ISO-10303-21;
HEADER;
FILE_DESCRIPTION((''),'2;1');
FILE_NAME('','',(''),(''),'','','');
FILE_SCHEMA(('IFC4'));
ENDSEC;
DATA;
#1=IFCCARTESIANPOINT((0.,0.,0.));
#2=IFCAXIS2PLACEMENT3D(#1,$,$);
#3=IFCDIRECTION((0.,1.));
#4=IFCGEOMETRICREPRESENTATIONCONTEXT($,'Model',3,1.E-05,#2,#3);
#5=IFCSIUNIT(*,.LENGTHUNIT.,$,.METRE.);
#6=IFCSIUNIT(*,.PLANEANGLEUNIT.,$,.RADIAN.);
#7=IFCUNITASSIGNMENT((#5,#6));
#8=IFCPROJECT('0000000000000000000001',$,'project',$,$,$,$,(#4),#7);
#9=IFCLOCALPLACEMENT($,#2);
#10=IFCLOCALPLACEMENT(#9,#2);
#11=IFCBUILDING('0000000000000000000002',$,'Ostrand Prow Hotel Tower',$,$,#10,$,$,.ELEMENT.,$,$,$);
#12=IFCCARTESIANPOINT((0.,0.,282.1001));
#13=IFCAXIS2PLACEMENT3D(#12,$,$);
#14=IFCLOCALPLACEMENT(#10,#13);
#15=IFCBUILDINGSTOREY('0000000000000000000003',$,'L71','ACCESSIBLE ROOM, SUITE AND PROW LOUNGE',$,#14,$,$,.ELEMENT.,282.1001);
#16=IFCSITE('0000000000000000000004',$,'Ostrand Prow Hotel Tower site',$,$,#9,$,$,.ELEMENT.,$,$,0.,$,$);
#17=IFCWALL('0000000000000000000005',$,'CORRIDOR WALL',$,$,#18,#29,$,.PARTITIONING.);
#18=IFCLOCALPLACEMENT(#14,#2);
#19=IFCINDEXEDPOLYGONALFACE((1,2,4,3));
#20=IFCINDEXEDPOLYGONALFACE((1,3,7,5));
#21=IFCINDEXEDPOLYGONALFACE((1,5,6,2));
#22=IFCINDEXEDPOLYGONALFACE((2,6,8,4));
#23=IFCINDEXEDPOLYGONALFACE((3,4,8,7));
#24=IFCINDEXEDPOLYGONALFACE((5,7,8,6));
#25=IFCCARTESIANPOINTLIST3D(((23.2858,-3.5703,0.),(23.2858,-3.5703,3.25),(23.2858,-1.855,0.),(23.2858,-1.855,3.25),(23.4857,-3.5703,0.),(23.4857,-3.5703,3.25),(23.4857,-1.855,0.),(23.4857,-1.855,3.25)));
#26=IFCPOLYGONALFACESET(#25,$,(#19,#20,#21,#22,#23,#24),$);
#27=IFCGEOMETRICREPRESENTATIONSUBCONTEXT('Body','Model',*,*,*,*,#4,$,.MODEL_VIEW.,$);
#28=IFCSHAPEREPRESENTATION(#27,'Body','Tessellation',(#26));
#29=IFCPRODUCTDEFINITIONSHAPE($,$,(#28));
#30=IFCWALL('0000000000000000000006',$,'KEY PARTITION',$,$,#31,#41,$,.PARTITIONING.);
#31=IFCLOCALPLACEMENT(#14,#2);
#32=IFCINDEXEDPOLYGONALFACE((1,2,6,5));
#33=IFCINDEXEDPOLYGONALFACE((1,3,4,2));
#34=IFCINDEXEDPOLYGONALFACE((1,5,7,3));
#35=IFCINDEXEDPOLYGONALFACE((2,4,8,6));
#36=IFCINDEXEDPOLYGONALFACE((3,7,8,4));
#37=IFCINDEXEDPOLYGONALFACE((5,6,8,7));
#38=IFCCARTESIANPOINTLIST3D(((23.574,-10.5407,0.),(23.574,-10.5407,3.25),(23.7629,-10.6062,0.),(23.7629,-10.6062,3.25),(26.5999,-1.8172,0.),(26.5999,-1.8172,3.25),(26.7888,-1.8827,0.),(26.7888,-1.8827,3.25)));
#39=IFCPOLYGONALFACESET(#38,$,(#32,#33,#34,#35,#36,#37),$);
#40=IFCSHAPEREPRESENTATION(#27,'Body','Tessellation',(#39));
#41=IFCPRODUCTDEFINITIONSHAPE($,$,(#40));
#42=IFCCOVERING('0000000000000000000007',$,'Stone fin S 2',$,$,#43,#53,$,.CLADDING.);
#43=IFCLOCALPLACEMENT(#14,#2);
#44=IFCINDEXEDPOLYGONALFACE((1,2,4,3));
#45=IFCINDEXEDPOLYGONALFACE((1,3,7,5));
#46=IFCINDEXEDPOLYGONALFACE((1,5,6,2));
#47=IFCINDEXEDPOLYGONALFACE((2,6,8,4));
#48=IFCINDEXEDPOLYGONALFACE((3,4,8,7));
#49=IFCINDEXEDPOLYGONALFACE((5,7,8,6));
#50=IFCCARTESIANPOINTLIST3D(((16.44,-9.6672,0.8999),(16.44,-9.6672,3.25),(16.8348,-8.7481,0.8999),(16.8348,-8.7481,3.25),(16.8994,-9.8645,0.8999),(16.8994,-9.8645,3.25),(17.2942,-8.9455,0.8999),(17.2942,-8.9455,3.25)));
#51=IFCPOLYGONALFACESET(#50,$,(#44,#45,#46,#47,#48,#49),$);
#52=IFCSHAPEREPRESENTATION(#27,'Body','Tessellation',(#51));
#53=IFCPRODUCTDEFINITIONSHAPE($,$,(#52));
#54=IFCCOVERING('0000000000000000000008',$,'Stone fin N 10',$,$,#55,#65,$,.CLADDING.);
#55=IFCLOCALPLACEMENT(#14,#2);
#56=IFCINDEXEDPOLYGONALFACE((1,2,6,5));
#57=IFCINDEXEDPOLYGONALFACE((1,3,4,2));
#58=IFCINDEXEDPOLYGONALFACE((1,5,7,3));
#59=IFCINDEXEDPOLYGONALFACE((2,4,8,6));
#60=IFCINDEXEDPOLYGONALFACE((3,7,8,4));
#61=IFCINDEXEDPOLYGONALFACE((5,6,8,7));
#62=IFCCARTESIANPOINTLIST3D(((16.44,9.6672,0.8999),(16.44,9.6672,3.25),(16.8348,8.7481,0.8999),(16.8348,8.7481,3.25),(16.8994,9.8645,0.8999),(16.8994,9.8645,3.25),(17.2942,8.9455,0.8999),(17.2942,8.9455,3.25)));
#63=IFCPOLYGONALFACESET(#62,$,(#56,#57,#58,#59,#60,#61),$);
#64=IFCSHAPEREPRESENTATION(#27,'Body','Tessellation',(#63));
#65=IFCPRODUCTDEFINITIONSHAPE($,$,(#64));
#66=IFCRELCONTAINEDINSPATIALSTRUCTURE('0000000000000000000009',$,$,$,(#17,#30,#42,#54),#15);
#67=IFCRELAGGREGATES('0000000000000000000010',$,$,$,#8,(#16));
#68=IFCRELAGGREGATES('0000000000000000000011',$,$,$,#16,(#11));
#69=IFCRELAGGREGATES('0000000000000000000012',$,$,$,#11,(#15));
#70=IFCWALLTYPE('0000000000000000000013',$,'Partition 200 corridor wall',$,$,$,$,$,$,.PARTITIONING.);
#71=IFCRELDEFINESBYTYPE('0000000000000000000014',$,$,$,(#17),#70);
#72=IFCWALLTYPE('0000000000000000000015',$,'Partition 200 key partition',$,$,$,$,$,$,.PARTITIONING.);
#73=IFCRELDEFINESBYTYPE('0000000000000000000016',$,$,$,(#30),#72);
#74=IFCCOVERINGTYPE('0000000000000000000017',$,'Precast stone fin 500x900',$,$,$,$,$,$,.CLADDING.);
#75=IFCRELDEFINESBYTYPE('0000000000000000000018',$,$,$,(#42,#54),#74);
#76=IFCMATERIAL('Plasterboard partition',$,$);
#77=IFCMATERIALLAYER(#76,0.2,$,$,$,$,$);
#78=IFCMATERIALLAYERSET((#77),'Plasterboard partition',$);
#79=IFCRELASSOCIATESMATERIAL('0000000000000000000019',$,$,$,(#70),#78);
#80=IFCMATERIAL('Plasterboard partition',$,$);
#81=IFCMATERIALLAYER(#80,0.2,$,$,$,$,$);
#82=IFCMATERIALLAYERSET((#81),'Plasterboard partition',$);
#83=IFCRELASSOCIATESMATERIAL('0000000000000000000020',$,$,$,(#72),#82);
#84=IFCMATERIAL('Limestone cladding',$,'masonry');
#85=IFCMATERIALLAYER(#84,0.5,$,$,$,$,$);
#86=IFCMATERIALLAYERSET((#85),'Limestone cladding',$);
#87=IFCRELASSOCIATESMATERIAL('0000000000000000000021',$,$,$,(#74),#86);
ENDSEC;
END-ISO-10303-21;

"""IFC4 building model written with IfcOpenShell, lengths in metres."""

from ifc_helpers import new_model, si_unit, direction, frame, frame_2d, origin, place, context, subcontext, project, spatial, rectangle, extrude, material, layer, layer_set, type_object, element, save


model = new_model("IFC4")

# Units and contexts
model_context = context("Model", 3, precision=1e-05, world=origin(), true_north=direction((0.0, 1.0)))
body_context = subcontext(model_context, "Body", "Model", "MODEL_VIEW")
ifc_project = project(units=[si_unit("LENGTHUNIT", "METRE"), si_unit("PLANEANGLEUNIT", "RADIAN")], contexts=[model_context])

# Site, building, storey
site_placement = place(None, origin())
site = spatial("IfcSite", under=ifc_project, at=site_placement, Name="Ostrand Prow Hotel Tower site", CompositionType="ELEMENT", RefElevation=0.0)
building_placement = place(site_placement, origin())
building = spatial("IfcBuilding", under=site, at=building_placement, Name="Ostrand Prow Hotel Tower", CompositionType="ELEMENT")
storey_placement = place(building_placement, frame((0.0, 0.0, 282.1001)))
storey = spatial("IfcBuildingStorey", under=building, at=storey_placement, Name="L71", Description="ACCESSIBLE ROOM, SUITE AND PROW LOUNGE", CompositionType="ELEMENT", Elevation=282.1001)

# Walls
ifc_material_1 = material(Name="Plasterboard partition")
ifc_layer_1 = layer(ifc_material_1, 0.2)
ifc_layer_set_1 = layer_set([ifc_layer_1], Name="Plasterboard partition")
wall_type_1 = type_object("IfcWallType", Name="Partition 200 corridor wall", PredefinedType="PARTITIONING", material=ifc_layer_set_1)
wall_1_placement = place(storey_placement, frame((23.3857, -1.855, 0.0), z_axis=(0.0, 0.0, 1.0), x_axis=(0.0, -1.0, 0.0)))
element("IfcWall", 1, at=wall_1_placement, inside=storey, type_object=wall_type_1, Name="CORRIDOR WALL", PredefinedType="PARTITIONING", context=body_context, shape_type="SweptSolid", body=[
    extrude(rectangle(XDim=1.7153, YDim=0.2, at=frame_2d((0.8577, 0.0))), origin(), (0.0, 0.0, 1.0), 3.25),
])
ifc_material_2 = material(Name="Plasterboard partition")
ifc_layer_2 = layer(ifc_material_2, 0.2)
ifc_layer_set_2 = layer_set([ifc_layer_2], Name="Plasterboard partition")
wall_type_2 = type_object("IfcWallType", Name="Partition 200 key partition", PredefinedType="PARTITIONING", material=ifc_layer_set_2)
wall_2_placement = place(storey_placement, frame((23.6685, -10.5735, 0.0), z_axis=(0.0, 0.0, 1.0), x_axis=(0.327714, 0.944777, 0.0)))
element("IfcWall", 2, at=wall_2_placement, inside=storey, type_object=wall_type_2, Name="KEY PARTITION", PredefinedType="PARTITIONING", context=body_context, shape_type="SweptSolid", body=[
    extrude(rectangle(XDim=9.2334, YDim=0.2, at=frame_2d((4.6167, 0.0))), origin(), (0.0, 0.0, 1.0), 3.25),
])

# Coverings
ifc_material_3 = material(Name="Limestone cladding", Category="masonry")
ifc_layer_3 = layer(ifc_material_3, 0.5)
ifc_layer_set_3 = layer_set([ifc_layer_3], Name="Limestone cladding")
covering_type = type_object("IfcCoveringType", Name="Precast stone fin 500x900", PredefinedType="CLADDING", material=ifc_layer_set_3)
for number, where, z_axis, x_axis, name in (
    (3, (17.0645, -8.8469, 0.8999), (0.0, 0.0, 1.0), (-0.394715, -0.918804, 0.0), "Stone fin S 2"),
    (4, (17.0645, 8.8469, 0.8999), (0.0, 0.0, 1.0), (-0.394715, 0.918804, 0.0), "Stone fin N 10"),
):
    element("IfcCovering", number, at=place(storey_placement, frame(where, z_axis=z_axis, x_axis=x_axis)), inside=storey, type_object=covering_type, Name=name, PredefinedType="CLADDING", context=body_context, shape_type="SweptSolid", body=[
        extrude(rectangle(XDim=1.0002, YDim=0.5, at=frame_2d((0.5, 0.0))), origin(), (0.0, 0.0, 1.0), 2.3501),
    ])

save(model, "model.ifc")
